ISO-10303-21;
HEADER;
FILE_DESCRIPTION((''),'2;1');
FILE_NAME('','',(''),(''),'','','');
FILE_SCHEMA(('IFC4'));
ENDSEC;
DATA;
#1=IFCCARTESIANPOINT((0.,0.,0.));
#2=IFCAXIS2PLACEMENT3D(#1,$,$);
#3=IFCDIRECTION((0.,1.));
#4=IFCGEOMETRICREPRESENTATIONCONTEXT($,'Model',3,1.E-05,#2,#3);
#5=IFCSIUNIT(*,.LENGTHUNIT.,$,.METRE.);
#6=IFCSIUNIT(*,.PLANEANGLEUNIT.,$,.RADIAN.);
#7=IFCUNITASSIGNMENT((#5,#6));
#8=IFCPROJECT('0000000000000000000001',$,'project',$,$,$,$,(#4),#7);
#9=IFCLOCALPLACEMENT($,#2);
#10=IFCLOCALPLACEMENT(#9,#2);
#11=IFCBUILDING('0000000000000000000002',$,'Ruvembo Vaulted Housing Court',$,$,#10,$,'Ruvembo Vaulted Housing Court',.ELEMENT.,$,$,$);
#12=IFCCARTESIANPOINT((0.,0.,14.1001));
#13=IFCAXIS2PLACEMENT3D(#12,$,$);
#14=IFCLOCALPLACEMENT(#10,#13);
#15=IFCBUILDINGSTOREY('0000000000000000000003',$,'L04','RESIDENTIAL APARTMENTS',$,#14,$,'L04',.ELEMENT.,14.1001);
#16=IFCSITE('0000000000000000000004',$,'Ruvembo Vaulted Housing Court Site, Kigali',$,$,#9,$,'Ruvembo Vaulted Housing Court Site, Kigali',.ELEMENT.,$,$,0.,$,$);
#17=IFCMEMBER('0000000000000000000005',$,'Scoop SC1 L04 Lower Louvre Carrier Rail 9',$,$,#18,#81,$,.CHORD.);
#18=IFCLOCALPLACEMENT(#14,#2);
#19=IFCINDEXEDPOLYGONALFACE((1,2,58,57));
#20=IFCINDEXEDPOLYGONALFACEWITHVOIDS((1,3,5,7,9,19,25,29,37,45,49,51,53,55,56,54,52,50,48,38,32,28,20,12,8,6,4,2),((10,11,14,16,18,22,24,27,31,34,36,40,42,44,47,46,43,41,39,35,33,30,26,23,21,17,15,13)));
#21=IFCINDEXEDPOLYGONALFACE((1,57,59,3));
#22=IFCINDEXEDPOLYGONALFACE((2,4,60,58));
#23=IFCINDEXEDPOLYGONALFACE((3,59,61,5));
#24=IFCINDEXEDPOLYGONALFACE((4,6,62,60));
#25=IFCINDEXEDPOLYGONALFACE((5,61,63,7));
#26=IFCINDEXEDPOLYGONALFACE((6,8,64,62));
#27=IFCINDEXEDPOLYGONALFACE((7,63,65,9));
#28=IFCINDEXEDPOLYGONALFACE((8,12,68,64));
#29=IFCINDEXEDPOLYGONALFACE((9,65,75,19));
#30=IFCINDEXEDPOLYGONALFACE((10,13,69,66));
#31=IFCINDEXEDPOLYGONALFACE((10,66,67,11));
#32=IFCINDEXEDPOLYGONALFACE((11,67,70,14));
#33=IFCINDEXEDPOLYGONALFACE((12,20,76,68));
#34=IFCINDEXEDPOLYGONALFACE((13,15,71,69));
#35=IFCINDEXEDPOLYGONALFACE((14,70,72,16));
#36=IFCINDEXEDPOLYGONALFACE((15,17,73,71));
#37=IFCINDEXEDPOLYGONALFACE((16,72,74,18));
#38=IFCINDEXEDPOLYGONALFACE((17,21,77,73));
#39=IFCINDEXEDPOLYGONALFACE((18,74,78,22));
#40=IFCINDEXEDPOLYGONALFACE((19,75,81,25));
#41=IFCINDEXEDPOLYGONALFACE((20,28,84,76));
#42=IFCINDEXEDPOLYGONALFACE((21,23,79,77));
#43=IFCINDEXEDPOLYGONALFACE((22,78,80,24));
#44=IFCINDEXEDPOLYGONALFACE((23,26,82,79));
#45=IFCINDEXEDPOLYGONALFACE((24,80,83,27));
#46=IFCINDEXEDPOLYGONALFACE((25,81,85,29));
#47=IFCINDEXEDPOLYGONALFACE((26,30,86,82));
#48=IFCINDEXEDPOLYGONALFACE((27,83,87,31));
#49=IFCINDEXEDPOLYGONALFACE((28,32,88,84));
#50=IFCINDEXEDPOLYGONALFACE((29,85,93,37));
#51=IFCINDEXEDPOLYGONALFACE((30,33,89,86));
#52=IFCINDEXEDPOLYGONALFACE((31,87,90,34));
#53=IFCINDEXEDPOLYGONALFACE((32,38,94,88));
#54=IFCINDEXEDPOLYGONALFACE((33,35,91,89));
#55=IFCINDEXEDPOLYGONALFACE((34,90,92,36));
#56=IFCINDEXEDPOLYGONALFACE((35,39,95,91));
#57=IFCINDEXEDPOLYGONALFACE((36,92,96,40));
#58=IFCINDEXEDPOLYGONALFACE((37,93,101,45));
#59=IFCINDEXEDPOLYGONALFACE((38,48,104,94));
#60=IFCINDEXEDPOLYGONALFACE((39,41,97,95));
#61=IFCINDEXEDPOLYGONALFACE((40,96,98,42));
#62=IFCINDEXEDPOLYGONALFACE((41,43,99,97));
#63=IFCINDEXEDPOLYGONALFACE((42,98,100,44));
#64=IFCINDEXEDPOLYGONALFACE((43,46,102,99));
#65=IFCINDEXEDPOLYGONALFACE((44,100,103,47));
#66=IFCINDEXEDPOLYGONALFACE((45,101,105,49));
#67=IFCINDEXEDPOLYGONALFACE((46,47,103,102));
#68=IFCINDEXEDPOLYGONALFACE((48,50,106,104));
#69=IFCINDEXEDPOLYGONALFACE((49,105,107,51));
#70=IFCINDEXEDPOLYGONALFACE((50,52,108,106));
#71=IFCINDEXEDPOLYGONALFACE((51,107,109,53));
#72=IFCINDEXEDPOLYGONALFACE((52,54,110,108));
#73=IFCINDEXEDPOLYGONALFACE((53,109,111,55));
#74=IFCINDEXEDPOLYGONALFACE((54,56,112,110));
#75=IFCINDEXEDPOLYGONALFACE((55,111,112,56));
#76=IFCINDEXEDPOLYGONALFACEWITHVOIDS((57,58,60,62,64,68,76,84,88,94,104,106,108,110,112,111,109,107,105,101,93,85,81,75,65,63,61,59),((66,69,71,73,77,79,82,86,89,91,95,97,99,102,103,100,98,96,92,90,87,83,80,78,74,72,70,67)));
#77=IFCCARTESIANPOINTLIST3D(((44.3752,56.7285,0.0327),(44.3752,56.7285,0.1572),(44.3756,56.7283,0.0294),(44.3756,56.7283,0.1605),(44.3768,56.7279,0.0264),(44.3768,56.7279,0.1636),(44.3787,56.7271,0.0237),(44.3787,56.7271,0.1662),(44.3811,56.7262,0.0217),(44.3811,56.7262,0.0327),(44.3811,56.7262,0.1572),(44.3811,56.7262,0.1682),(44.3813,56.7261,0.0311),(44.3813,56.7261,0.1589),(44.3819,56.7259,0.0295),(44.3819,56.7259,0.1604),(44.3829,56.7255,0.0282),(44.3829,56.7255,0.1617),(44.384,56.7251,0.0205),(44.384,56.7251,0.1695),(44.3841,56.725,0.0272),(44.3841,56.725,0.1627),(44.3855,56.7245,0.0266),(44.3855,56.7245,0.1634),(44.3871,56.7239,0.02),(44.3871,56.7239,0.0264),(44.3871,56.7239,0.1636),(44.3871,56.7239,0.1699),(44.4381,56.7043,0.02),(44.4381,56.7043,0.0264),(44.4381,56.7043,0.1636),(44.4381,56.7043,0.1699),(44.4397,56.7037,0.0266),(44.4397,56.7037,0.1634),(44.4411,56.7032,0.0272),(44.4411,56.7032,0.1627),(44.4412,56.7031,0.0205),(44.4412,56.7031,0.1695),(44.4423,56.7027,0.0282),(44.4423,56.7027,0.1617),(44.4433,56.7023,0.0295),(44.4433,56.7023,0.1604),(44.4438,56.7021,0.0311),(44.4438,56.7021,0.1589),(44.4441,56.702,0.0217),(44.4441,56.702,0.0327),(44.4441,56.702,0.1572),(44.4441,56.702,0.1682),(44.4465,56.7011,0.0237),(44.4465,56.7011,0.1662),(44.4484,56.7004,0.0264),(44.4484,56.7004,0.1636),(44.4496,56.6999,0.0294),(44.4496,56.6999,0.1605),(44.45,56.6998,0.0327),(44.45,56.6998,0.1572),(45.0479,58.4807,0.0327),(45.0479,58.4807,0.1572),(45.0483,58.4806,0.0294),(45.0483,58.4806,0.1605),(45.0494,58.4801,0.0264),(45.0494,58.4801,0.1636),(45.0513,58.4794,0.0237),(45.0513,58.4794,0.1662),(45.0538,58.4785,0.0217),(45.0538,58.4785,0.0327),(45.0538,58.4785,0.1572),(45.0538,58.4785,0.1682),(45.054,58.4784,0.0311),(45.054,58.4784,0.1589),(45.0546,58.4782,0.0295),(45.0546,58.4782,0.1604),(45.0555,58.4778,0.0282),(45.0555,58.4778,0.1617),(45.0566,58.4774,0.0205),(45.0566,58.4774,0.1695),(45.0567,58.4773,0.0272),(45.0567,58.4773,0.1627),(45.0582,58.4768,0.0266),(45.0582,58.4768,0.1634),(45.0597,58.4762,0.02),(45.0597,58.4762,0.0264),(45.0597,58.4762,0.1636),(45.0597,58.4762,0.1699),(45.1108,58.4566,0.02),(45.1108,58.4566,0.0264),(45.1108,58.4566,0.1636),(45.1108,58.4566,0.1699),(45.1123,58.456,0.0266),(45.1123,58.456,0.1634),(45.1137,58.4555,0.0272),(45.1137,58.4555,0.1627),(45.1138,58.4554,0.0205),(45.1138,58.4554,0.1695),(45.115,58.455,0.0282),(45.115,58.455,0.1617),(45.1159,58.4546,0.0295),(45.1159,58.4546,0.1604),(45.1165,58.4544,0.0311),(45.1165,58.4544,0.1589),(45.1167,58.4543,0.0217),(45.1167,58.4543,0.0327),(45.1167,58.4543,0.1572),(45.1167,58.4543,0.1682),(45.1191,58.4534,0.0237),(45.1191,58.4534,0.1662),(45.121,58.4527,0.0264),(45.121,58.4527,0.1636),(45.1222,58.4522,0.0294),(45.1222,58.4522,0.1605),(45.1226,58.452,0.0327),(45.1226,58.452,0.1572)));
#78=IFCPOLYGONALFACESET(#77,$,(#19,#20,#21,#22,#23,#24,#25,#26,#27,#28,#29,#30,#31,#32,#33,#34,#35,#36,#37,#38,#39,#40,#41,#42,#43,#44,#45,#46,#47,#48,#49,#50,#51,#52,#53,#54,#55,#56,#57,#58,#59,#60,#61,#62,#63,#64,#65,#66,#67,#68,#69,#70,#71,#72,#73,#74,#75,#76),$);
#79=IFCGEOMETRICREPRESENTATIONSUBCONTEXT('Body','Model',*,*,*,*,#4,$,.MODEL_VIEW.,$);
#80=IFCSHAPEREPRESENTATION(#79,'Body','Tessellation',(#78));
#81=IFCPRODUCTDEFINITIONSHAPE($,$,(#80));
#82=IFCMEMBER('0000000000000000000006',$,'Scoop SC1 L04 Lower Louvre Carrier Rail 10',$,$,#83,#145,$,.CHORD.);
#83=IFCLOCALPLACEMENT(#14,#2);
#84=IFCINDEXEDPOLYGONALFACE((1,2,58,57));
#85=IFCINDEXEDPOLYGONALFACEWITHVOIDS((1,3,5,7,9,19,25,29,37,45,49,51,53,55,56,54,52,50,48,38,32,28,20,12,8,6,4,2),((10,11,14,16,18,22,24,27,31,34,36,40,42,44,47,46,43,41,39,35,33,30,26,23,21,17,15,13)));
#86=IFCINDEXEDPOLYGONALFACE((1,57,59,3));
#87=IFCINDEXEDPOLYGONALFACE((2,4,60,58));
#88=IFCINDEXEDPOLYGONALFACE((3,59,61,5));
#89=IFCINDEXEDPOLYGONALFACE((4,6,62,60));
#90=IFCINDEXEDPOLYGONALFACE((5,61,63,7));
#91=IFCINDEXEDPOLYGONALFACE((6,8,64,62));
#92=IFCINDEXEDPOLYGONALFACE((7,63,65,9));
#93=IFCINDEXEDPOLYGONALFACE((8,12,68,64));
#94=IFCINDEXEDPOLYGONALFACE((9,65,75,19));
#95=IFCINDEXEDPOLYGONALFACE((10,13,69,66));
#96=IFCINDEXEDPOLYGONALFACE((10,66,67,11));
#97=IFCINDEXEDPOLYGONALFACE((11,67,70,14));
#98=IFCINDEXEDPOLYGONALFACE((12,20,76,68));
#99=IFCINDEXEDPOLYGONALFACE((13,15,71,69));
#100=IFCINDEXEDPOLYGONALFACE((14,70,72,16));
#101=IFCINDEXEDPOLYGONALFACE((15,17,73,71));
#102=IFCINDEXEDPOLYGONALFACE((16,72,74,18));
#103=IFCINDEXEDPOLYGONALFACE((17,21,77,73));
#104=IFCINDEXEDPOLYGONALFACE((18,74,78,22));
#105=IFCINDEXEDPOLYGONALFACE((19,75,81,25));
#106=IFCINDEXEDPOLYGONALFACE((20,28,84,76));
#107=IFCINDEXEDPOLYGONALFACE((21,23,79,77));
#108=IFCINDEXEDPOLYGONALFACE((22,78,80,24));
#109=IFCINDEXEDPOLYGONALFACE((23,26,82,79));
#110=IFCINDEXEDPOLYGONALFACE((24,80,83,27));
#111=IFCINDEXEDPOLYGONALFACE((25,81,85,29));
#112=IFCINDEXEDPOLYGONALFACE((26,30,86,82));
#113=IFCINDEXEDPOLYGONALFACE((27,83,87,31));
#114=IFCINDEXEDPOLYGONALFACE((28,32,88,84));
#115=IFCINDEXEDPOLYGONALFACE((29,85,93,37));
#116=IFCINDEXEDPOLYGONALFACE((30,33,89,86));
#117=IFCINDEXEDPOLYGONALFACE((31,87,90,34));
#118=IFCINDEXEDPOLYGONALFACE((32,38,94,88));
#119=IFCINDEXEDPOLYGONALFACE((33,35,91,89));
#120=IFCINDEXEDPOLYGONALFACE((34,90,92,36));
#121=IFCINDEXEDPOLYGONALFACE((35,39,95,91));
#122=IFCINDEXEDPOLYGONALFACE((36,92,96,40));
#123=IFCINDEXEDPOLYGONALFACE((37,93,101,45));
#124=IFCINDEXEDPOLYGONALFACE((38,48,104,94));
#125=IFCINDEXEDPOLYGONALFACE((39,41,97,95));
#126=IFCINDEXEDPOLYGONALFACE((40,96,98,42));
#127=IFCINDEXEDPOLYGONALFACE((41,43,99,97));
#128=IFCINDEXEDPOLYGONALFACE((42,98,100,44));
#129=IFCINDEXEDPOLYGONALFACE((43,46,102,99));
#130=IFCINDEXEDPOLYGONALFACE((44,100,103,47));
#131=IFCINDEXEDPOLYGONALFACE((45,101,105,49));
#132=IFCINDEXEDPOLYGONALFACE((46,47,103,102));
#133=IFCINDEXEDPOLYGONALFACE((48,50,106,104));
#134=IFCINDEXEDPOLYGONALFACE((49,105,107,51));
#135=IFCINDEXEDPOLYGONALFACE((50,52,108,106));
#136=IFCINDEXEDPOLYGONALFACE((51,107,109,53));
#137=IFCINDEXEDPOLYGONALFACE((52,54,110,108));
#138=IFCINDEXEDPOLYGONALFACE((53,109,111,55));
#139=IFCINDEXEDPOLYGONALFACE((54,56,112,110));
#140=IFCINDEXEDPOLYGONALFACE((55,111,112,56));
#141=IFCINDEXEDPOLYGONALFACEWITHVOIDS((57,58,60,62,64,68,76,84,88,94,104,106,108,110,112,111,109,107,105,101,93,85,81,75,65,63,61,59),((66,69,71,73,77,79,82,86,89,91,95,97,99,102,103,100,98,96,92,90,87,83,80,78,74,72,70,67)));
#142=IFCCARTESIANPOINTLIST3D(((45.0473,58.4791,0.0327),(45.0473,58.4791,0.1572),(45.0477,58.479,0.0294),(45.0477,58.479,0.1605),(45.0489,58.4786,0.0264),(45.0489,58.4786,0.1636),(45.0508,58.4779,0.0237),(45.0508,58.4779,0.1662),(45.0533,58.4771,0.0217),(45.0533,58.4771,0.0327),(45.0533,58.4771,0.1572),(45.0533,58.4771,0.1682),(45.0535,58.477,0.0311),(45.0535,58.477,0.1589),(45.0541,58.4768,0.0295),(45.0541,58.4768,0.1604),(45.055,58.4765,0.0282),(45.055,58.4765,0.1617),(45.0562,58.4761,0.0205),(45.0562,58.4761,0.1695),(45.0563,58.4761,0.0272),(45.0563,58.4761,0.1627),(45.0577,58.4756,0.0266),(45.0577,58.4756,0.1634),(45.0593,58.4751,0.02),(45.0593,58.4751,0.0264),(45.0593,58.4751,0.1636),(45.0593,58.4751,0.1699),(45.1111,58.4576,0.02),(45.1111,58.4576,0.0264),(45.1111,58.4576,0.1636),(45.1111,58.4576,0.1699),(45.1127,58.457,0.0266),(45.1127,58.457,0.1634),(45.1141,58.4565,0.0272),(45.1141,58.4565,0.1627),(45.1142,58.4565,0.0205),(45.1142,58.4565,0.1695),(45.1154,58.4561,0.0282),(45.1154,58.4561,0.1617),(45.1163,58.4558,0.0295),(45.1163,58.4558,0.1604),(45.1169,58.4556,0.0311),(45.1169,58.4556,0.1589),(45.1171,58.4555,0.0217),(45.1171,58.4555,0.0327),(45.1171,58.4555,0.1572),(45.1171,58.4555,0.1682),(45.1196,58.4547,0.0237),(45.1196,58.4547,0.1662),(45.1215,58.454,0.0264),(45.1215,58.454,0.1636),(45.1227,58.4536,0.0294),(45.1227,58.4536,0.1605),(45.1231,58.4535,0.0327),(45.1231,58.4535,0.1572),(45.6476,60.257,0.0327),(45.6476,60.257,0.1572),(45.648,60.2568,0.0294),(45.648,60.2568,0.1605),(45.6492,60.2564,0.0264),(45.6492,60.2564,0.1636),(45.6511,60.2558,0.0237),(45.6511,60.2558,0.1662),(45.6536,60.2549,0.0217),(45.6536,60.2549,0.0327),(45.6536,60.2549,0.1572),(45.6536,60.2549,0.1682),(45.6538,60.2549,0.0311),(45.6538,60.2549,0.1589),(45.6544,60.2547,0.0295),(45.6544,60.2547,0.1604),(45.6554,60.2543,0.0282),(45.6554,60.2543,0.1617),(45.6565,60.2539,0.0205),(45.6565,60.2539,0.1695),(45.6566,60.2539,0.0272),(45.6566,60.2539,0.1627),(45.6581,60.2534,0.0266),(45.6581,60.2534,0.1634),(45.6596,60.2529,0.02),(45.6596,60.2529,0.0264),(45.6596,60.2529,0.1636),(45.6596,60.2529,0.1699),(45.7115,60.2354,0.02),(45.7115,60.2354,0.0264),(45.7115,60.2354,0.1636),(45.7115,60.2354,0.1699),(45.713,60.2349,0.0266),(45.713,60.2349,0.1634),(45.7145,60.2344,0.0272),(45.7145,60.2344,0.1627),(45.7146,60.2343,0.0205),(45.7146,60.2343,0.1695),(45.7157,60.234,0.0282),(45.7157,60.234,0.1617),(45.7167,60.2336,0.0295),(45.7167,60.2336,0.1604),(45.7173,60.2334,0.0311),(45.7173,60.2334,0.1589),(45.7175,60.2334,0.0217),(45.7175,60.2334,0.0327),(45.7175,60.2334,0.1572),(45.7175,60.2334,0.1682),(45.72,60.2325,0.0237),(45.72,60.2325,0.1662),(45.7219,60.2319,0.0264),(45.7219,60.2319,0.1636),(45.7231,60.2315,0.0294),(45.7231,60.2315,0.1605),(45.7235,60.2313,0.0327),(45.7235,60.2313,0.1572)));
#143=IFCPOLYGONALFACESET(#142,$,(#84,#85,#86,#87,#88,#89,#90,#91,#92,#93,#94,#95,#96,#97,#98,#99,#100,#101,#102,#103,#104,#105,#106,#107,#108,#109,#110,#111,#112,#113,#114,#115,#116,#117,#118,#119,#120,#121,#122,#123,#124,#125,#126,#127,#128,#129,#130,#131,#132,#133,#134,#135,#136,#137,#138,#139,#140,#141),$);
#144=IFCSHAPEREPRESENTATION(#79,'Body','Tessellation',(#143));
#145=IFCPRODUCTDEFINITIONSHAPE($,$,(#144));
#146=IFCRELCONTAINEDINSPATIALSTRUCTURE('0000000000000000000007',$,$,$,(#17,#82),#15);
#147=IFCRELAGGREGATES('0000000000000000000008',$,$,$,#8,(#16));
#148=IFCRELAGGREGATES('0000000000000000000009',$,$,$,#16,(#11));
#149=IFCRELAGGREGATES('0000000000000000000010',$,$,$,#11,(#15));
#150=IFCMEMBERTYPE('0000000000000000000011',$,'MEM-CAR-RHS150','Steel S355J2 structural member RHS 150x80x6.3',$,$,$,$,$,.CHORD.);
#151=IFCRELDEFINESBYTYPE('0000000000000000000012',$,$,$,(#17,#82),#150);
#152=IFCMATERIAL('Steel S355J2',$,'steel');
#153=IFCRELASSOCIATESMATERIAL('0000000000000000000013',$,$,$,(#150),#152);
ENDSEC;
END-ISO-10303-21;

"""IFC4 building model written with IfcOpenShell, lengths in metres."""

from ifc_helpers import new_model, si_unit, direction, frame, origin, origin_2d, place, context, subcontext, project, spatial, hollow_rectangle, extrude, material, material_profile, profile_set, type_object, element, save


model = new_model("IFC4")

# Units and contexts
model_context = context("Model", 3, precision=1e-05, world=origin(), true_north=direction((0.0, 1.0)))
body_context = subcontext(model_context, "Body", "Model", "MODEL_VIEW")
ifc_project = project(units=[si_unit("LENGTHUNIT", "METRE"), si_unit("PLANEANGLEUNIT", "RADIAN")], contexts=[model_context])

# Site, building, storey
site_placement = place(None, origin())
site = spatial("IfcSite", under=ifc_project, at=site_placement, Name="Ruvembo Vaulted Housing Court Site, Kigali", LongName="Ruvembo Vaulted Housing Court Site, Kigali", CompositionType="ELEMENT", RefElevation=0.0)
building_placement = place(site_placement, origin())
building = spatial("IfcBuilding", under=site, at=building_placement, Name="Ruvembo Vaulted Housing Court", LongName="Ruvembo Vaulted Housing Court", CompositionType="ELEMENT")
storey_placement = place(building_placement, frame((0.0, 0.0, 14.1001)))
storey = spatial("IfcBuildingStorey", under=building, at=storey_placement, Name="L04", Description="RESIDENTIAL APARTMENTS", LongName="L04", CompositionType="ELEMENT", Elevation=14.1001)

# Shared definitions
ifc_material_1 = material(Name="Steel S355J2", Category="steel")

# Members
ifc_material_profile_1 = material_profile(ifc_material_1, hollow_rectangle(XDim=0.0801, YDim=0.1499, WallThickness=0.0063, InnerFilletRadius=0.0063, OuterFilletRadius=0.0127, at=origin_2d()), Name="RHS 150x80x6.3")
ifc_profile_set_1 = profile_set([ifc_material_profile_1], Name="Steel S355J2")
member_type_1 = type_object("IfcMemberType", Name="MEM-CAR-RHS150", Description="Steel S355J2 structural member RHS 150x80x6.3", PredefinedType="CHORD", material=ifc_profile_set_1)
member_1_placement = place(storey_placement, frame((44.4126, 56.7141, 0.095), z_axis=(0.358369, 0.93358, 0.0), x_axis=(-0.93358, 0.358369, 0.0)))
element("IfcMember", 1, at=member_1_placement, inside=storey, type_object=member_type_1, Name="Scoop SC1 L04 Lower Louvre Carrier Rail 9", PredefinedType="CHORD", context=body_context, shape_type="SweptSolid", body=[
    extrude(hollow_rectangle(XDim=0.0801, YDim=0.1499, WallThickness=0.0063, InnerFilletRadius=0.0063, OuterFilletRadius=0.0127, at=origin_2d()), origin(), (0.0, 0.0, 1.0), 1.877),
])
member_2_placement = place(storey_placement, frame((45.0852, 58.4663, 0.095), z_axis=(0.319933, 0.94744, 0.0), x_axis=(-0.94744, 0.319933, 0.0)))
element("IfcMember", 2, at=member_2_placement, inside=storey, type_object=member_type_1, Name="Scoop SC1 L04 Lower Louvre Carrier Rail 10", PredefinedType="CHORD", context=body_context, shape_type="SweptSolid", body=[
    extrude(hollow_rectangle(XDim=0.0801, YDim=0.1499, WallThickness=0.0063, InnerFilletRadius=0.0063, OuterFilletRadius=0.0127, at=origin_2d()), origin(), (0.0, 0.0, 1.0), 1.8765),
])

save(model, "model.ifc")
